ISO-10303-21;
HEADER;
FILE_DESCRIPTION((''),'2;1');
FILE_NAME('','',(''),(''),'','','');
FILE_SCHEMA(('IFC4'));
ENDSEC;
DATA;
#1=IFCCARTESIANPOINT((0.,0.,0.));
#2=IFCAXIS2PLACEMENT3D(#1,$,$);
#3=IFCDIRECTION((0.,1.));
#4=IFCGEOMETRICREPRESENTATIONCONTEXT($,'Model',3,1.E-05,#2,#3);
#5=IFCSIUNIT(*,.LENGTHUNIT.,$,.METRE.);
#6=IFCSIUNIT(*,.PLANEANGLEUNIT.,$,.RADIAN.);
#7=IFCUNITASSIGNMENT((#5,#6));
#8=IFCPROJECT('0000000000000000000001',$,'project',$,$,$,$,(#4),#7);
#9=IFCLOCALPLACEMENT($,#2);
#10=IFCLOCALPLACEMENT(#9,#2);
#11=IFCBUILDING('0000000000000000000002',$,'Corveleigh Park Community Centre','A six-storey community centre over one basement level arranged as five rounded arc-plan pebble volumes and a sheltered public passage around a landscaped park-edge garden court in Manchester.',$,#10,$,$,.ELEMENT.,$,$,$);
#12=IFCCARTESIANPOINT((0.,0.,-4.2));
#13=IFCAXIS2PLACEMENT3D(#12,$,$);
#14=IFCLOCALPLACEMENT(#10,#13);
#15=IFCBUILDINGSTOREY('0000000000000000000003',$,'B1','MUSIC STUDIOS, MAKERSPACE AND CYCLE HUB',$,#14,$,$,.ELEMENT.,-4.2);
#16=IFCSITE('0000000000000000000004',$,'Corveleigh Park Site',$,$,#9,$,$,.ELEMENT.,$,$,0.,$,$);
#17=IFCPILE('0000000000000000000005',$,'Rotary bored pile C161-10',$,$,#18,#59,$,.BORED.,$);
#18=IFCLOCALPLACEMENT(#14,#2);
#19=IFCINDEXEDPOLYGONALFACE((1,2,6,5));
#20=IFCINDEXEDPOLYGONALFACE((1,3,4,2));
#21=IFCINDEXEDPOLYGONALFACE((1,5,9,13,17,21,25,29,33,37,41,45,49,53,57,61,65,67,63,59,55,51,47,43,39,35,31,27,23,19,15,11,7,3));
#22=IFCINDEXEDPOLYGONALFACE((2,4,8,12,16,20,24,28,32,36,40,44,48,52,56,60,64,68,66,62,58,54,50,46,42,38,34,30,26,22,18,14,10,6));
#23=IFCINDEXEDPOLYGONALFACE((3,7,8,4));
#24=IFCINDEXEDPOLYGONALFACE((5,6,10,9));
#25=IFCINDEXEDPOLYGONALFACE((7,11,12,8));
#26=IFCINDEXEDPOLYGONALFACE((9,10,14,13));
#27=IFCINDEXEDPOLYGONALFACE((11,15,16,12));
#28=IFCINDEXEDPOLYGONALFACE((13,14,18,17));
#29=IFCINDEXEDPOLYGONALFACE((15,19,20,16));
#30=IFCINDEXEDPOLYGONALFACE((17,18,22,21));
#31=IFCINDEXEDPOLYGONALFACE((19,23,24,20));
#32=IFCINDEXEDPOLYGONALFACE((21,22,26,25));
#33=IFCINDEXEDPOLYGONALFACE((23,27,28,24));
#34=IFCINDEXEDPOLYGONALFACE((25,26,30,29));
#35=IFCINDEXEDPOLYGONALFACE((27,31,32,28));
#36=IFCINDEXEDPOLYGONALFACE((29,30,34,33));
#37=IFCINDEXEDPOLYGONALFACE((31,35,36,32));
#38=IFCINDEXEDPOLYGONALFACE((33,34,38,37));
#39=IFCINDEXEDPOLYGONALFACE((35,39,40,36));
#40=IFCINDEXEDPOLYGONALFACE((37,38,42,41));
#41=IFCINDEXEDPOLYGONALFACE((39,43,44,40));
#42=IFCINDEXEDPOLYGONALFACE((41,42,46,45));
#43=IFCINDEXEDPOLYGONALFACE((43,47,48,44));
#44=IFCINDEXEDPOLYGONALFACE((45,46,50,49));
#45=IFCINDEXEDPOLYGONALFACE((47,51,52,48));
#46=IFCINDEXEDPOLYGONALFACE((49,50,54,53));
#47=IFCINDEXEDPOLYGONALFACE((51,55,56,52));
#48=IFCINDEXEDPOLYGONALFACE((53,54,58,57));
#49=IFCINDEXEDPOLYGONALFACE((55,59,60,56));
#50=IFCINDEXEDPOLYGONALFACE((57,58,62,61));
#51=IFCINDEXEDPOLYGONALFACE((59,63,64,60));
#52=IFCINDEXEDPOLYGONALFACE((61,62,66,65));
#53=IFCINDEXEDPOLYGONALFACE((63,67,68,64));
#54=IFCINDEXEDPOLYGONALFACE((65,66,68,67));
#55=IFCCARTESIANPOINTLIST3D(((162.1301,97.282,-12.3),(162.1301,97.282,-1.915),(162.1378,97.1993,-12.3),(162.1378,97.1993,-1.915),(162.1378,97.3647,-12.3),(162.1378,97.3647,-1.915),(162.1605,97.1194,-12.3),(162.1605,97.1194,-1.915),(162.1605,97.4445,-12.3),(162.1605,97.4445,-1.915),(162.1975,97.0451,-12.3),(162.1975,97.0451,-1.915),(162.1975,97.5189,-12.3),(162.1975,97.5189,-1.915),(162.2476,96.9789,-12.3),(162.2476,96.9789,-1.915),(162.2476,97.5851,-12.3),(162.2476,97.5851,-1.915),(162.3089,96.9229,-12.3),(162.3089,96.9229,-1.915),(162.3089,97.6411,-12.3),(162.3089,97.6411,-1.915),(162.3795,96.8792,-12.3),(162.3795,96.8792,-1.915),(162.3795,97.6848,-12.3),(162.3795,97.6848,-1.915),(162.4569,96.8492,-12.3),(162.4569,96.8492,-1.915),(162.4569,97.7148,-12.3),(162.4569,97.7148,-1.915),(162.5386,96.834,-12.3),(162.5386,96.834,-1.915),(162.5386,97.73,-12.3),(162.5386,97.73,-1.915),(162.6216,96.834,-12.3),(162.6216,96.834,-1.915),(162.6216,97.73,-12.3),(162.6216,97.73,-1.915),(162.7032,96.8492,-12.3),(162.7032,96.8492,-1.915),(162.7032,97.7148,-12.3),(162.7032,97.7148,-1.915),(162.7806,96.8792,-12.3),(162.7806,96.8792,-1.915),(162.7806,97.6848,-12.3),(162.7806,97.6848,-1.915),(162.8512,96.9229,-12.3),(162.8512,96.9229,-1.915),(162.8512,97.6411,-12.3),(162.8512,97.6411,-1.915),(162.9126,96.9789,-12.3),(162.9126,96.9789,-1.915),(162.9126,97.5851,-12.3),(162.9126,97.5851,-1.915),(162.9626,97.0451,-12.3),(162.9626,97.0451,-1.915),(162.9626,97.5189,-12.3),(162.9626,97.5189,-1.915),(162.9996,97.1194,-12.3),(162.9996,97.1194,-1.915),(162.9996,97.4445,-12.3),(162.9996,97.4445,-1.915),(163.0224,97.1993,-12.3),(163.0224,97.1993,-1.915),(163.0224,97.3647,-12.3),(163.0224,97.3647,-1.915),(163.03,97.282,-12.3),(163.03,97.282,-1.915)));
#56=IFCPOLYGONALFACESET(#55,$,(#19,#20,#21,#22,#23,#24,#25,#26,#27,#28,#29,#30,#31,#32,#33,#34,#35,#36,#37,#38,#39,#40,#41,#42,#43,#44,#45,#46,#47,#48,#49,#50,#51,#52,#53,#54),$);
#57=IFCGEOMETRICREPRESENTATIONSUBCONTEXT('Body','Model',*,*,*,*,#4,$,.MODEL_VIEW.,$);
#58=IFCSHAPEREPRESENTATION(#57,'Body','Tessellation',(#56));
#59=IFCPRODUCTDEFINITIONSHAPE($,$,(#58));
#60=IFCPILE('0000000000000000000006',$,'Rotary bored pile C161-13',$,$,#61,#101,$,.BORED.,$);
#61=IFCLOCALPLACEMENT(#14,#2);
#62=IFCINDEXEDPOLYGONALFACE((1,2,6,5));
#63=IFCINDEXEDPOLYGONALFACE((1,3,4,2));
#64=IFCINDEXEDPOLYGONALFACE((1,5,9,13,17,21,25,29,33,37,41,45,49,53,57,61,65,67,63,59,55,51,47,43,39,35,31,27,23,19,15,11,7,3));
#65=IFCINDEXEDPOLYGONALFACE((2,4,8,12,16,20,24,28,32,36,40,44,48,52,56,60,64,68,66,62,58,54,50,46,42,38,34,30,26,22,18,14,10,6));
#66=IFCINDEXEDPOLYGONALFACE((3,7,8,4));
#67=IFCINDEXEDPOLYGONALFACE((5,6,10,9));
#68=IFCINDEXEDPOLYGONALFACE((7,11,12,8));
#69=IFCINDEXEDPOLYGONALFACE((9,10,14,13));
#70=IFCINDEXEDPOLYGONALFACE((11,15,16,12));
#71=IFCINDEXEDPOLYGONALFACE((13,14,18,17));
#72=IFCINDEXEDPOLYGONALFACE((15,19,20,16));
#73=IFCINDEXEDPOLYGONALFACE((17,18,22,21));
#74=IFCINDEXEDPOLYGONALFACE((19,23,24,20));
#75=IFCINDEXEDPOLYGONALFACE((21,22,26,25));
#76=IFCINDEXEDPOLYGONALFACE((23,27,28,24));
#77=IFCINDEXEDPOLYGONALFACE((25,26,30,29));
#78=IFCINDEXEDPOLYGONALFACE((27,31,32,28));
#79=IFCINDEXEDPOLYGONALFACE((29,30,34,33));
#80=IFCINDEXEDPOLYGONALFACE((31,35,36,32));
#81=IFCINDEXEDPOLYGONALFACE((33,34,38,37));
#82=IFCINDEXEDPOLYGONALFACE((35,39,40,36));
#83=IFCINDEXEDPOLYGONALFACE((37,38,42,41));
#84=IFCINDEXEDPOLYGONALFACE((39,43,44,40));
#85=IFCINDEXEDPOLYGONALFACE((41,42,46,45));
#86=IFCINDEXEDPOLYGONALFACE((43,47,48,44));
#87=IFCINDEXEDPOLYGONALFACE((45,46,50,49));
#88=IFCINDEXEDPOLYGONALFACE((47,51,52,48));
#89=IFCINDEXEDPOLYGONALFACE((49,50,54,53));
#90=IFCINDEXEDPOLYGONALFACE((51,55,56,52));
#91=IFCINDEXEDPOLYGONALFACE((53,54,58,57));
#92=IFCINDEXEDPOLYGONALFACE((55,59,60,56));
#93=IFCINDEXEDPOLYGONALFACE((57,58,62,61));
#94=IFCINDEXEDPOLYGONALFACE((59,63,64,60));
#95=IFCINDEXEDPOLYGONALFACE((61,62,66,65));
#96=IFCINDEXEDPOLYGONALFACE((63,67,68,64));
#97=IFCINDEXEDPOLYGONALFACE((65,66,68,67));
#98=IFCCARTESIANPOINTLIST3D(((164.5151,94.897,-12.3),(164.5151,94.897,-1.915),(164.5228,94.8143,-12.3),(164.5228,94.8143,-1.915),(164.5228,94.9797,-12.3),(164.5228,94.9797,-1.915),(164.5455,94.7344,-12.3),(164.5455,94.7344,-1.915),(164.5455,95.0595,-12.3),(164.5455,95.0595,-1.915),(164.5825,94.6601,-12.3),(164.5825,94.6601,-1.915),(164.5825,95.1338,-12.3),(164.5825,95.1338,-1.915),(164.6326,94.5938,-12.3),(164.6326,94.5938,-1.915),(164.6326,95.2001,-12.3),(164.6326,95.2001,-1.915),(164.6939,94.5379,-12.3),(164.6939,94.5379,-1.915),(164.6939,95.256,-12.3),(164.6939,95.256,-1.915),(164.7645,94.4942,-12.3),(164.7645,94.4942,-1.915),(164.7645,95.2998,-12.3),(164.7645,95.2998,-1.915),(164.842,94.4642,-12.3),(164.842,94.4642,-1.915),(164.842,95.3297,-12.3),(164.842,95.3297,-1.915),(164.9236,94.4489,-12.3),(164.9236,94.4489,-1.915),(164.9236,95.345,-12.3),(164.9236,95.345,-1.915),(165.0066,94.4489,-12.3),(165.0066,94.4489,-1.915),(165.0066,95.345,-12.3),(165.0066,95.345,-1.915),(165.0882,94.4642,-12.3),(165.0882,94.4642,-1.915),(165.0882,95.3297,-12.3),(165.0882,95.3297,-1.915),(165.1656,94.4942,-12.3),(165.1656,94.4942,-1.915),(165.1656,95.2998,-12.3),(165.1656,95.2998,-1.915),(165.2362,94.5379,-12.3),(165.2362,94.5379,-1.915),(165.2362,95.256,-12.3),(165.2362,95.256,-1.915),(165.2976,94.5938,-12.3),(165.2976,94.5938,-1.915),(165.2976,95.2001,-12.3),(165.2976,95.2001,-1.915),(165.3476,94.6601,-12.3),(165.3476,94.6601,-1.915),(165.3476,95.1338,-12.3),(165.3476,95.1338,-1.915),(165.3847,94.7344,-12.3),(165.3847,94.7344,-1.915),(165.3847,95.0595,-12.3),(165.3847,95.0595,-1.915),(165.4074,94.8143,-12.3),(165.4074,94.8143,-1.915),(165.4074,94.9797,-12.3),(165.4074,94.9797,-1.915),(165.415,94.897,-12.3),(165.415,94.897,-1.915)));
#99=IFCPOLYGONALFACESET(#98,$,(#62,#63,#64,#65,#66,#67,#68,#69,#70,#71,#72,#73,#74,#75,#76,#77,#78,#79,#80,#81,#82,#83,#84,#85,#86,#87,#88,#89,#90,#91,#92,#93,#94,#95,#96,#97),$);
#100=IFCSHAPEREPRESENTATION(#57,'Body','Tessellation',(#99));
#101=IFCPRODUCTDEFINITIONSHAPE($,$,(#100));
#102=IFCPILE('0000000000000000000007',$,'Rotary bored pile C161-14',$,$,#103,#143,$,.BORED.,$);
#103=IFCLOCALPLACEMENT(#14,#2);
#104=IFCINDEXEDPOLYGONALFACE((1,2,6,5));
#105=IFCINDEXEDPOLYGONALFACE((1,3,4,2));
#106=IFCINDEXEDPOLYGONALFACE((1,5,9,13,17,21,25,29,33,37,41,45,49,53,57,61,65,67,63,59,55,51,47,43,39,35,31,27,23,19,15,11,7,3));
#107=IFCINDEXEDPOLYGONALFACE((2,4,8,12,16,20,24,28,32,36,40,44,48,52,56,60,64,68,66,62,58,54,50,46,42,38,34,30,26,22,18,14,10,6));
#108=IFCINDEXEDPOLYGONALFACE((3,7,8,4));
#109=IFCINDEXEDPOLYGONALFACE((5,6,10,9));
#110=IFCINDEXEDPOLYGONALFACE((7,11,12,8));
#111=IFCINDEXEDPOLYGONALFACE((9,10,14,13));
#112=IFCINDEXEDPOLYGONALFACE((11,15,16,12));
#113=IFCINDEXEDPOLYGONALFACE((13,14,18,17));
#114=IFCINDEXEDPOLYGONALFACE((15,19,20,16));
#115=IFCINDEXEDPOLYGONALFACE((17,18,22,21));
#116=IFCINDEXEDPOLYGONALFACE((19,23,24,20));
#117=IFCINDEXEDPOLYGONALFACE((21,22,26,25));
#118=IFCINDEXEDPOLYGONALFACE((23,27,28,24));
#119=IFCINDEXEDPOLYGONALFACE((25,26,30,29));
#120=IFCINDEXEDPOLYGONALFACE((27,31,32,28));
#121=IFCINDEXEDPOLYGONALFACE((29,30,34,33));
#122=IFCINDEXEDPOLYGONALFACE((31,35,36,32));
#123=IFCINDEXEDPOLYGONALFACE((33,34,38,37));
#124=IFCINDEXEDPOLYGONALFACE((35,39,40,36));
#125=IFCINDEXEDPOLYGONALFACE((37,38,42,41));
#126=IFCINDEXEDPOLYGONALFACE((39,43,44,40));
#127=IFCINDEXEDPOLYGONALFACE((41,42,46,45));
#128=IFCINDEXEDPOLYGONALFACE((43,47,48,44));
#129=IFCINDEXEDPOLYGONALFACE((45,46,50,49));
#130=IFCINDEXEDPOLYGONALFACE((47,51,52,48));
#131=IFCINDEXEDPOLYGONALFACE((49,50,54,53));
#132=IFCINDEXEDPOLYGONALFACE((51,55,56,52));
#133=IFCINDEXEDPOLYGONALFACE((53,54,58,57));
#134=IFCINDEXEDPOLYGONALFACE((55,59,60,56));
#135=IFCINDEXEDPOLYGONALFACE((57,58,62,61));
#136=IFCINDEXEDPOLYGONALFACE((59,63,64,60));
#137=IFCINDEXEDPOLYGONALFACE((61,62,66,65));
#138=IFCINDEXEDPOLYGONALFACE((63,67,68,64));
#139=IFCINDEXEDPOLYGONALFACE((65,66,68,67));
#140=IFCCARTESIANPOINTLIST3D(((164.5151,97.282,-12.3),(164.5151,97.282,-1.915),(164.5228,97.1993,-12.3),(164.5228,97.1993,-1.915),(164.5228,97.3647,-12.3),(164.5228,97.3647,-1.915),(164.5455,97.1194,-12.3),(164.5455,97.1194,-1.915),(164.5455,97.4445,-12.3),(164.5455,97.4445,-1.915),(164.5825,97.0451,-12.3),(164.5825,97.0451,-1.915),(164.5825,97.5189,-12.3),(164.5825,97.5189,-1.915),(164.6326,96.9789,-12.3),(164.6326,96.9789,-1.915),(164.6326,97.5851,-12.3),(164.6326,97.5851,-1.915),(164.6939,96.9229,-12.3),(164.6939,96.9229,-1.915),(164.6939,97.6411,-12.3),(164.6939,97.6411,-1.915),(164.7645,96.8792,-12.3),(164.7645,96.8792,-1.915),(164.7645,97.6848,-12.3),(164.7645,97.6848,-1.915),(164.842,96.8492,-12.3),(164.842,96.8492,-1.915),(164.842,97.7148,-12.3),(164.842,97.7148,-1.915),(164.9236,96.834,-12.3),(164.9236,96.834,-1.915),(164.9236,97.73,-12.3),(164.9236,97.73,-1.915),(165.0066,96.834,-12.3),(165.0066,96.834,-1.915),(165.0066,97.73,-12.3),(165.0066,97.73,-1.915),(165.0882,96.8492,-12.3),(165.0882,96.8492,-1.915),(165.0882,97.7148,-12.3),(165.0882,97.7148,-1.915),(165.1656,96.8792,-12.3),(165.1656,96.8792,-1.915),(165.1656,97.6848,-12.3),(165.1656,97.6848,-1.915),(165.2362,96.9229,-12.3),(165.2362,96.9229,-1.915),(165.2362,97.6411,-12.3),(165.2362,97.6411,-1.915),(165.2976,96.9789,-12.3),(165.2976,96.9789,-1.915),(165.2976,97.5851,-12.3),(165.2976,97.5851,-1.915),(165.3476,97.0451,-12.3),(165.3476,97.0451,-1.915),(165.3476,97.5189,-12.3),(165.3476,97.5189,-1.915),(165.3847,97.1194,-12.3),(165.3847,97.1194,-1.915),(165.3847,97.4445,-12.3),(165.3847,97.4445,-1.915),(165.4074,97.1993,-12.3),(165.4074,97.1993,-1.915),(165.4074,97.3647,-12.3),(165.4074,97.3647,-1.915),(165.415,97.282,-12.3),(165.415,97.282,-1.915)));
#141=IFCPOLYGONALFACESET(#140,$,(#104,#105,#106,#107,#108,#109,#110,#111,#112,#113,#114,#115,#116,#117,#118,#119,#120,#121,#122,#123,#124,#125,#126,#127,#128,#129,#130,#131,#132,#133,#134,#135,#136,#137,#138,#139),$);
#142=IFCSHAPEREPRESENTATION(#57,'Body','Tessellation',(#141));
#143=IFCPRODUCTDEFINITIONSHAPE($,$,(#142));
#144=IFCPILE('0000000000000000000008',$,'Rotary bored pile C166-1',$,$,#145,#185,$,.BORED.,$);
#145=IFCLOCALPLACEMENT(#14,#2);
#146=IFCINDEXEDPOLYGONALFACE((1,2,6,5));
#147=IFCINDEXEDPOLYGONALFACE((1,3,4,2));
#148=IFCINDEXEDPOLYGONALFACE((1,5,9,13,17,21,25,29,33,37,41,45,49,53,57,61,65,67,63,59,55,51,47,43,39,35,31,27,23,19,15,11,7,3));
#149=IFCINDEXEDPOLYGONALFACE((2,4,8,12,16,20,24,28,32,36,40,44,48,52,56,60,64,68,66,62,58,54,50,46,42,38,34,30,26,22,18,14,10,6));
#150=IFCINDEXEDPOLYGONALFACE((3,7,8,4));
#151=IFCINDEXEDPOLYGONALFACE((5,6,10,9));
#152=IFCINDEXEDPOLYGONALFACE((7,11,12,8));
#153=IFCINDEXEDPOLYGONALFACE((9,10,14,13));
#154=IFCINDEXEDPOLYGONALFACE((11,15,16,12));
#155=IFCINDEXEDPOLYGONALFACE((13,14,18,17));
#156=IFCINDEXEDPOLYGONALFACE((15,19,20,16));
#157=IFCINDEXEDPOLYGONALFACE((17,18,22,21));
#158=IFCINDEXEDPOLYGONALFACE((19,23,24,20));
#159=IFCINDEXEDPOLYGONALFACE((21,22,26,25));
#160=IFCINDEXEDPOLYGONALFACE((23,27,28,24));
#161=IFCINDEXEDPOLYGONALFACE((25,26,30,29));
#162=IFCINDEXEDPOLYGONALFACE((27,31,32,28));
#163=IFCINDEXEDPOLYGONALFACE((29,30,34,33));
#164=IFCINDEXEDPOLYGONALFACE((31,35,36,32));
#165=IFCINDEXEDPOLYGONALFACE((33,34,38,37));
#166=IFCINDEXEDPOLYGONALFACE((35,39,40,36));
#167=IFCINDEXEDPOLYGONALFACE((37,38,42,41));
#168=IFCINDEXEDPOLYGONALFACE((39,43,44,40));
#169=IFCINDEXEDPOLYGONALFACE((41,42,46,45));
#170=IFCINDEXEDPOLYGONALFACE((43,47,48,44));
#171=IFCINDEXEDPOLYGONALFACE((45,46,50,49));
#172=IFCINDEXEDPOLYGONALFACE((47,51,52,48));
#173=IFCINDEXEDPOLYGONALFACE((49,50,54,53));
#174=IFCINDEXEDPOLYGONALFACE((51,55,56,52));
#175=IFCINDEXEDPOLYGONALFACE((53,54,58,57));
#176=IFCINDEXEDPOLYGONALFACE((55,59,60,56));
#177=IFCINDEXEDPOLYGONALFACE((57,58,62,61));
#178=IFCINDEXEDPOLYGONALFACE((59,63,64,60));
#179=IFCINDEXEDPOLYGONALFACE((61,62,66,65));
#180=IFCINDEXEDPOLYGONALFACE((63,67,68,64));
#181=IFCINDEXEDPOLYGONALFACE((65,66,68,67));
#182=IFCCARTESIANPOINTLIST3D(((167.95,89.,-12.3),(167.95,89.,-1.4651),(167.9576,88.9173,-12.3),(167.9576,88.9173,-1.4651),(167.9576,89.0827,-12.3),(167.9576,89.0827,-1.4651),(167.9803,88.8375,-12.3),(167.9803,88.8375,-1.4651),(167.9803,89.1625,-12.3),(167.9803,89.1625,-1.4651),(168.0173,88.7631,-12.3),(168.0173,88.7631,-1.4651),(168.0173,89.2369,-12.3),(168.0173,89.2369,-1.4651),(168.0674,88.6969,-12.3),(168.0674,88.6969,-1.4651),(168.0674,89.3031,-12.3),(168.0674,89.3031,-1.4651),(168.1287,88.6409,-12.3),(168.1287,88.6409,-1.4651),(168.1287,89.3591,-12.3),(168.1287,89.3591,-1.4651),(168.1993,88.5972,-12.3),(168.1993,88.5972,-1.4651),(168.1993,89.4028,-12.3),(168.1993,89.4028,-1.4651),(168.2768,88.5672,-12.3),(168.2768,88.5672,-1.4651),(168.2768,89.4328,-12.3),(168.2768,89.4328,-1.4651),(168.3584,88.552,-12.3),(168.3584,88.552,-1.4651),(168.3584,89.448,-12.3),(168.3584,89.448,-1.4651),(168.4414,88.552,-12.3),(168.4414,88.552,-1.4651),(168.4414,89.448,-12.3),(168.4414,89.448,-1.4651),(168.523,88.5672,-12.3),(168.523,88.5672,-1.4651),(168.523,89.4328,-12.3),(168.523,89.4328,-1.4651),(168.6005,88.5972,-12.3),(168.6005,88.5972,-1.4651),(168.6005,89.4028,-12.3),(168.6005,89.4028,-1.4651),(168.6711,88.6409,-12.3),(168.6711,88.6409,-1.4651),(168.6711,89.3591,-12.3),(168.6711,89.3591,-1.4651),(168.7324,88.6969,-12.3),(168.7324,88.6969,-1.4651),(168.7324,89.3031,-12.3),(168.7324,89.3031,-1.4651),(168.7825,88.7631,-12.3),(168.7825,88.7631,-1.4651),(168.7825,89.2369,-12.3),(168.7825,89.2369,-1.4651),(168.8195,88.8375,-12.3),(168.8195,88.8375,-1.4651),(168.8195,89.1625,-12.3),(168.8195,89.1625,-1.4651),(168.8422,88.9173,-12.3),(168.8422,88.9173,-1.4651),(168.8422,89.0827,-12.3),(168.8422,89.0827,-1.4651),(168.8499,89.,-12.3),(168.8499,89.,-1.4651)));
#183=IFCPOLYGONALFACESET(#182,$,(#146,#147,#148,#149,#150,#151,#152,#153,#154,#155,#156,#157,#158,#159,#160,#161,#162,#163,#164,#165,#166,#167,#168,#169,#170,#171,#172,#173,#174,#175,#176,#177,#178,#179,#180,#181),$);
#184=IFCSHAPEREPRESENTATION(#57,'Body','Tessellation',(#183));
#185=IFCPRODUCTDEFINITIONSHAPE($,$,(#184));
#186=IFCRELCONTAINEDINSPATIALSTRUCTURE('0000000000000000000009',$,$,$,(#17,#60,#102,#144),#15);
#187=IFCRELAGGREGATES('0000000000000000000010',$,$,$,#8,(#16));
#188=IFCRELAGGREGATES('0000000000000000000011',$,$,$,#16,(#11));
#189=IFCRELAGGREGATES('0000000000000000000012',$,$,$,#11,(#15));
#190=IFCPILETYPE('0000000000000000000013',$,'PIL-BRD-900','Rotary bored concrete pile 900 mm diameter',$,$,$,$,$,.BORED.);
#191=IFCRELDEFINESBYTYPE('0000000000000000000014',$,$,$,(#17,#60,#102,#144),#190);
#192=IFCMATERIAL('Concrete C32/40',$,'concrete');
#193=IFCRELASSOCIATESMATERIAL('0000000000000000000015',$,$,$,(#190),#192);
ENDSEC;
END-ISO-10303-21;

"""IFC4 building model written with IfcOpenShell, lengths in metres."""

from ifc_helpers import new_model, si_unit, direction, frame, origin, origin_2d, place, context, subcontext, project, spatial, circle, extrude, material, material_profile, profile_set, type_object, element, save


model = new_model("IFC4")

# Units and contexts
model_context = context("Model", 3, precision=1e-05, world=origin(), true_north=direction((0.0, 1.0)))
body_context = subcontext(model_context, "Body", "Model", "MODEL_VIEW")
ifc_project = project(units=[si_unit("LENGTHUNIT", "METRE"), si_unit("PLANEANGLEUNIT", "RADIAN")], contexts=[model_context])

# Site, building, storey
site_placement = place(None, origin())
site = spatial("IfcSite", under=ifc_project, at=site_placement, Name="Corveleigh Park Site", CompositionType="ELEMENT", RefElevation=0.0)
building_placement = place(site_placement, origin())
building = spatial("IfcBuilding", under=site, at=building_placement, Name="Corveleigh Park Community Centre", Description="A six-storey community centre over one basement level arranged as five rounded arc-plan pebble volumes and a sheltered public passage around a landscaped park-edge garden court in Manchester.", CompositionType="ELEMENT")
storey_placement = place(building_placement, frame((0.0, 0.0, -4.2)))
storey = spatial("IfcBuildingStorey", under=building, at=storey_placement, Name="B1", Description="MUSIC STUDIOS, MAKERSPACE AND CYCLE HUB", CompositionType="ELEMENT", Elevation=-4.2)

# Piles
ifc_material_1 = material(Name="Concrete C32/40", Category="concrete")
ifc_material_profile_1 = material_profile(ifc_material_1, circle(Radius=0.45, at=origin_2d()), Name="BORED-PILE-900", Category="concrete")
ifc_profile_set_1 = profile_set([ifc_material_profile_1], Name="Concrete C32/40")
pile_type = type_object("IfcPileType", Name="PIL-BRD-900", Description="Rotary bored concrete pile 900 mm diameter", PredefinedType="BORED", material=ifc_profile_set_1)
for number, where, z_axis, x_axis, name in (
    (1, (162.5801, 97.282, -1.915), (0.0, 0.0, -1.0), (1.0, 0.0, 0.0), "Rotary bored pile C161-10"),
    (2, (164.9651, 94.897, -1.915), (0.0, 0.0, -1.0), (1.0, 0.0, 0.0), "Rotary bored pile C161-13"),
    (3, (164.9651, 97.282, -1.915), (0.0, 0.0, -1.0), (1.0, 0.0, 0.0), "Rotary bored pile C161-14"),
):
    element("IfcPile", number, at=place(storey_placement, frame(where, z_axis=z_axis, x_axis=x_axis)), inside=storey, type_object=pile_type, Name=name, PredefinedType="BORED", context=body_context, shape_type="SweptSolid", body=[
        extrude(circle(Radius=0.45, at=origin_2d()), origin(), (0.0, 0.0, 1.0), 10.385),
    ])
pile_placement = place(storey_placement, frame((168.3999, 89.0, -1.4651), z_axis=(0.0, 0.0, -1.0), x_axis=(1.0, 0.0, 0.0)))
element("IfcPile", 4, at=pile_placement, inside=storey, type_object=pile_type, Name="Rotary bored pile C166-1", PredefinedType="BORED", context=body_context, shape_type="SweptSolid", body=[
    extrude(circle(Radius=0.45, at=origin_2d()), origin(), (0.0, 0.0, 1.0), 10.835),
])

save(model, "model.ifc")
